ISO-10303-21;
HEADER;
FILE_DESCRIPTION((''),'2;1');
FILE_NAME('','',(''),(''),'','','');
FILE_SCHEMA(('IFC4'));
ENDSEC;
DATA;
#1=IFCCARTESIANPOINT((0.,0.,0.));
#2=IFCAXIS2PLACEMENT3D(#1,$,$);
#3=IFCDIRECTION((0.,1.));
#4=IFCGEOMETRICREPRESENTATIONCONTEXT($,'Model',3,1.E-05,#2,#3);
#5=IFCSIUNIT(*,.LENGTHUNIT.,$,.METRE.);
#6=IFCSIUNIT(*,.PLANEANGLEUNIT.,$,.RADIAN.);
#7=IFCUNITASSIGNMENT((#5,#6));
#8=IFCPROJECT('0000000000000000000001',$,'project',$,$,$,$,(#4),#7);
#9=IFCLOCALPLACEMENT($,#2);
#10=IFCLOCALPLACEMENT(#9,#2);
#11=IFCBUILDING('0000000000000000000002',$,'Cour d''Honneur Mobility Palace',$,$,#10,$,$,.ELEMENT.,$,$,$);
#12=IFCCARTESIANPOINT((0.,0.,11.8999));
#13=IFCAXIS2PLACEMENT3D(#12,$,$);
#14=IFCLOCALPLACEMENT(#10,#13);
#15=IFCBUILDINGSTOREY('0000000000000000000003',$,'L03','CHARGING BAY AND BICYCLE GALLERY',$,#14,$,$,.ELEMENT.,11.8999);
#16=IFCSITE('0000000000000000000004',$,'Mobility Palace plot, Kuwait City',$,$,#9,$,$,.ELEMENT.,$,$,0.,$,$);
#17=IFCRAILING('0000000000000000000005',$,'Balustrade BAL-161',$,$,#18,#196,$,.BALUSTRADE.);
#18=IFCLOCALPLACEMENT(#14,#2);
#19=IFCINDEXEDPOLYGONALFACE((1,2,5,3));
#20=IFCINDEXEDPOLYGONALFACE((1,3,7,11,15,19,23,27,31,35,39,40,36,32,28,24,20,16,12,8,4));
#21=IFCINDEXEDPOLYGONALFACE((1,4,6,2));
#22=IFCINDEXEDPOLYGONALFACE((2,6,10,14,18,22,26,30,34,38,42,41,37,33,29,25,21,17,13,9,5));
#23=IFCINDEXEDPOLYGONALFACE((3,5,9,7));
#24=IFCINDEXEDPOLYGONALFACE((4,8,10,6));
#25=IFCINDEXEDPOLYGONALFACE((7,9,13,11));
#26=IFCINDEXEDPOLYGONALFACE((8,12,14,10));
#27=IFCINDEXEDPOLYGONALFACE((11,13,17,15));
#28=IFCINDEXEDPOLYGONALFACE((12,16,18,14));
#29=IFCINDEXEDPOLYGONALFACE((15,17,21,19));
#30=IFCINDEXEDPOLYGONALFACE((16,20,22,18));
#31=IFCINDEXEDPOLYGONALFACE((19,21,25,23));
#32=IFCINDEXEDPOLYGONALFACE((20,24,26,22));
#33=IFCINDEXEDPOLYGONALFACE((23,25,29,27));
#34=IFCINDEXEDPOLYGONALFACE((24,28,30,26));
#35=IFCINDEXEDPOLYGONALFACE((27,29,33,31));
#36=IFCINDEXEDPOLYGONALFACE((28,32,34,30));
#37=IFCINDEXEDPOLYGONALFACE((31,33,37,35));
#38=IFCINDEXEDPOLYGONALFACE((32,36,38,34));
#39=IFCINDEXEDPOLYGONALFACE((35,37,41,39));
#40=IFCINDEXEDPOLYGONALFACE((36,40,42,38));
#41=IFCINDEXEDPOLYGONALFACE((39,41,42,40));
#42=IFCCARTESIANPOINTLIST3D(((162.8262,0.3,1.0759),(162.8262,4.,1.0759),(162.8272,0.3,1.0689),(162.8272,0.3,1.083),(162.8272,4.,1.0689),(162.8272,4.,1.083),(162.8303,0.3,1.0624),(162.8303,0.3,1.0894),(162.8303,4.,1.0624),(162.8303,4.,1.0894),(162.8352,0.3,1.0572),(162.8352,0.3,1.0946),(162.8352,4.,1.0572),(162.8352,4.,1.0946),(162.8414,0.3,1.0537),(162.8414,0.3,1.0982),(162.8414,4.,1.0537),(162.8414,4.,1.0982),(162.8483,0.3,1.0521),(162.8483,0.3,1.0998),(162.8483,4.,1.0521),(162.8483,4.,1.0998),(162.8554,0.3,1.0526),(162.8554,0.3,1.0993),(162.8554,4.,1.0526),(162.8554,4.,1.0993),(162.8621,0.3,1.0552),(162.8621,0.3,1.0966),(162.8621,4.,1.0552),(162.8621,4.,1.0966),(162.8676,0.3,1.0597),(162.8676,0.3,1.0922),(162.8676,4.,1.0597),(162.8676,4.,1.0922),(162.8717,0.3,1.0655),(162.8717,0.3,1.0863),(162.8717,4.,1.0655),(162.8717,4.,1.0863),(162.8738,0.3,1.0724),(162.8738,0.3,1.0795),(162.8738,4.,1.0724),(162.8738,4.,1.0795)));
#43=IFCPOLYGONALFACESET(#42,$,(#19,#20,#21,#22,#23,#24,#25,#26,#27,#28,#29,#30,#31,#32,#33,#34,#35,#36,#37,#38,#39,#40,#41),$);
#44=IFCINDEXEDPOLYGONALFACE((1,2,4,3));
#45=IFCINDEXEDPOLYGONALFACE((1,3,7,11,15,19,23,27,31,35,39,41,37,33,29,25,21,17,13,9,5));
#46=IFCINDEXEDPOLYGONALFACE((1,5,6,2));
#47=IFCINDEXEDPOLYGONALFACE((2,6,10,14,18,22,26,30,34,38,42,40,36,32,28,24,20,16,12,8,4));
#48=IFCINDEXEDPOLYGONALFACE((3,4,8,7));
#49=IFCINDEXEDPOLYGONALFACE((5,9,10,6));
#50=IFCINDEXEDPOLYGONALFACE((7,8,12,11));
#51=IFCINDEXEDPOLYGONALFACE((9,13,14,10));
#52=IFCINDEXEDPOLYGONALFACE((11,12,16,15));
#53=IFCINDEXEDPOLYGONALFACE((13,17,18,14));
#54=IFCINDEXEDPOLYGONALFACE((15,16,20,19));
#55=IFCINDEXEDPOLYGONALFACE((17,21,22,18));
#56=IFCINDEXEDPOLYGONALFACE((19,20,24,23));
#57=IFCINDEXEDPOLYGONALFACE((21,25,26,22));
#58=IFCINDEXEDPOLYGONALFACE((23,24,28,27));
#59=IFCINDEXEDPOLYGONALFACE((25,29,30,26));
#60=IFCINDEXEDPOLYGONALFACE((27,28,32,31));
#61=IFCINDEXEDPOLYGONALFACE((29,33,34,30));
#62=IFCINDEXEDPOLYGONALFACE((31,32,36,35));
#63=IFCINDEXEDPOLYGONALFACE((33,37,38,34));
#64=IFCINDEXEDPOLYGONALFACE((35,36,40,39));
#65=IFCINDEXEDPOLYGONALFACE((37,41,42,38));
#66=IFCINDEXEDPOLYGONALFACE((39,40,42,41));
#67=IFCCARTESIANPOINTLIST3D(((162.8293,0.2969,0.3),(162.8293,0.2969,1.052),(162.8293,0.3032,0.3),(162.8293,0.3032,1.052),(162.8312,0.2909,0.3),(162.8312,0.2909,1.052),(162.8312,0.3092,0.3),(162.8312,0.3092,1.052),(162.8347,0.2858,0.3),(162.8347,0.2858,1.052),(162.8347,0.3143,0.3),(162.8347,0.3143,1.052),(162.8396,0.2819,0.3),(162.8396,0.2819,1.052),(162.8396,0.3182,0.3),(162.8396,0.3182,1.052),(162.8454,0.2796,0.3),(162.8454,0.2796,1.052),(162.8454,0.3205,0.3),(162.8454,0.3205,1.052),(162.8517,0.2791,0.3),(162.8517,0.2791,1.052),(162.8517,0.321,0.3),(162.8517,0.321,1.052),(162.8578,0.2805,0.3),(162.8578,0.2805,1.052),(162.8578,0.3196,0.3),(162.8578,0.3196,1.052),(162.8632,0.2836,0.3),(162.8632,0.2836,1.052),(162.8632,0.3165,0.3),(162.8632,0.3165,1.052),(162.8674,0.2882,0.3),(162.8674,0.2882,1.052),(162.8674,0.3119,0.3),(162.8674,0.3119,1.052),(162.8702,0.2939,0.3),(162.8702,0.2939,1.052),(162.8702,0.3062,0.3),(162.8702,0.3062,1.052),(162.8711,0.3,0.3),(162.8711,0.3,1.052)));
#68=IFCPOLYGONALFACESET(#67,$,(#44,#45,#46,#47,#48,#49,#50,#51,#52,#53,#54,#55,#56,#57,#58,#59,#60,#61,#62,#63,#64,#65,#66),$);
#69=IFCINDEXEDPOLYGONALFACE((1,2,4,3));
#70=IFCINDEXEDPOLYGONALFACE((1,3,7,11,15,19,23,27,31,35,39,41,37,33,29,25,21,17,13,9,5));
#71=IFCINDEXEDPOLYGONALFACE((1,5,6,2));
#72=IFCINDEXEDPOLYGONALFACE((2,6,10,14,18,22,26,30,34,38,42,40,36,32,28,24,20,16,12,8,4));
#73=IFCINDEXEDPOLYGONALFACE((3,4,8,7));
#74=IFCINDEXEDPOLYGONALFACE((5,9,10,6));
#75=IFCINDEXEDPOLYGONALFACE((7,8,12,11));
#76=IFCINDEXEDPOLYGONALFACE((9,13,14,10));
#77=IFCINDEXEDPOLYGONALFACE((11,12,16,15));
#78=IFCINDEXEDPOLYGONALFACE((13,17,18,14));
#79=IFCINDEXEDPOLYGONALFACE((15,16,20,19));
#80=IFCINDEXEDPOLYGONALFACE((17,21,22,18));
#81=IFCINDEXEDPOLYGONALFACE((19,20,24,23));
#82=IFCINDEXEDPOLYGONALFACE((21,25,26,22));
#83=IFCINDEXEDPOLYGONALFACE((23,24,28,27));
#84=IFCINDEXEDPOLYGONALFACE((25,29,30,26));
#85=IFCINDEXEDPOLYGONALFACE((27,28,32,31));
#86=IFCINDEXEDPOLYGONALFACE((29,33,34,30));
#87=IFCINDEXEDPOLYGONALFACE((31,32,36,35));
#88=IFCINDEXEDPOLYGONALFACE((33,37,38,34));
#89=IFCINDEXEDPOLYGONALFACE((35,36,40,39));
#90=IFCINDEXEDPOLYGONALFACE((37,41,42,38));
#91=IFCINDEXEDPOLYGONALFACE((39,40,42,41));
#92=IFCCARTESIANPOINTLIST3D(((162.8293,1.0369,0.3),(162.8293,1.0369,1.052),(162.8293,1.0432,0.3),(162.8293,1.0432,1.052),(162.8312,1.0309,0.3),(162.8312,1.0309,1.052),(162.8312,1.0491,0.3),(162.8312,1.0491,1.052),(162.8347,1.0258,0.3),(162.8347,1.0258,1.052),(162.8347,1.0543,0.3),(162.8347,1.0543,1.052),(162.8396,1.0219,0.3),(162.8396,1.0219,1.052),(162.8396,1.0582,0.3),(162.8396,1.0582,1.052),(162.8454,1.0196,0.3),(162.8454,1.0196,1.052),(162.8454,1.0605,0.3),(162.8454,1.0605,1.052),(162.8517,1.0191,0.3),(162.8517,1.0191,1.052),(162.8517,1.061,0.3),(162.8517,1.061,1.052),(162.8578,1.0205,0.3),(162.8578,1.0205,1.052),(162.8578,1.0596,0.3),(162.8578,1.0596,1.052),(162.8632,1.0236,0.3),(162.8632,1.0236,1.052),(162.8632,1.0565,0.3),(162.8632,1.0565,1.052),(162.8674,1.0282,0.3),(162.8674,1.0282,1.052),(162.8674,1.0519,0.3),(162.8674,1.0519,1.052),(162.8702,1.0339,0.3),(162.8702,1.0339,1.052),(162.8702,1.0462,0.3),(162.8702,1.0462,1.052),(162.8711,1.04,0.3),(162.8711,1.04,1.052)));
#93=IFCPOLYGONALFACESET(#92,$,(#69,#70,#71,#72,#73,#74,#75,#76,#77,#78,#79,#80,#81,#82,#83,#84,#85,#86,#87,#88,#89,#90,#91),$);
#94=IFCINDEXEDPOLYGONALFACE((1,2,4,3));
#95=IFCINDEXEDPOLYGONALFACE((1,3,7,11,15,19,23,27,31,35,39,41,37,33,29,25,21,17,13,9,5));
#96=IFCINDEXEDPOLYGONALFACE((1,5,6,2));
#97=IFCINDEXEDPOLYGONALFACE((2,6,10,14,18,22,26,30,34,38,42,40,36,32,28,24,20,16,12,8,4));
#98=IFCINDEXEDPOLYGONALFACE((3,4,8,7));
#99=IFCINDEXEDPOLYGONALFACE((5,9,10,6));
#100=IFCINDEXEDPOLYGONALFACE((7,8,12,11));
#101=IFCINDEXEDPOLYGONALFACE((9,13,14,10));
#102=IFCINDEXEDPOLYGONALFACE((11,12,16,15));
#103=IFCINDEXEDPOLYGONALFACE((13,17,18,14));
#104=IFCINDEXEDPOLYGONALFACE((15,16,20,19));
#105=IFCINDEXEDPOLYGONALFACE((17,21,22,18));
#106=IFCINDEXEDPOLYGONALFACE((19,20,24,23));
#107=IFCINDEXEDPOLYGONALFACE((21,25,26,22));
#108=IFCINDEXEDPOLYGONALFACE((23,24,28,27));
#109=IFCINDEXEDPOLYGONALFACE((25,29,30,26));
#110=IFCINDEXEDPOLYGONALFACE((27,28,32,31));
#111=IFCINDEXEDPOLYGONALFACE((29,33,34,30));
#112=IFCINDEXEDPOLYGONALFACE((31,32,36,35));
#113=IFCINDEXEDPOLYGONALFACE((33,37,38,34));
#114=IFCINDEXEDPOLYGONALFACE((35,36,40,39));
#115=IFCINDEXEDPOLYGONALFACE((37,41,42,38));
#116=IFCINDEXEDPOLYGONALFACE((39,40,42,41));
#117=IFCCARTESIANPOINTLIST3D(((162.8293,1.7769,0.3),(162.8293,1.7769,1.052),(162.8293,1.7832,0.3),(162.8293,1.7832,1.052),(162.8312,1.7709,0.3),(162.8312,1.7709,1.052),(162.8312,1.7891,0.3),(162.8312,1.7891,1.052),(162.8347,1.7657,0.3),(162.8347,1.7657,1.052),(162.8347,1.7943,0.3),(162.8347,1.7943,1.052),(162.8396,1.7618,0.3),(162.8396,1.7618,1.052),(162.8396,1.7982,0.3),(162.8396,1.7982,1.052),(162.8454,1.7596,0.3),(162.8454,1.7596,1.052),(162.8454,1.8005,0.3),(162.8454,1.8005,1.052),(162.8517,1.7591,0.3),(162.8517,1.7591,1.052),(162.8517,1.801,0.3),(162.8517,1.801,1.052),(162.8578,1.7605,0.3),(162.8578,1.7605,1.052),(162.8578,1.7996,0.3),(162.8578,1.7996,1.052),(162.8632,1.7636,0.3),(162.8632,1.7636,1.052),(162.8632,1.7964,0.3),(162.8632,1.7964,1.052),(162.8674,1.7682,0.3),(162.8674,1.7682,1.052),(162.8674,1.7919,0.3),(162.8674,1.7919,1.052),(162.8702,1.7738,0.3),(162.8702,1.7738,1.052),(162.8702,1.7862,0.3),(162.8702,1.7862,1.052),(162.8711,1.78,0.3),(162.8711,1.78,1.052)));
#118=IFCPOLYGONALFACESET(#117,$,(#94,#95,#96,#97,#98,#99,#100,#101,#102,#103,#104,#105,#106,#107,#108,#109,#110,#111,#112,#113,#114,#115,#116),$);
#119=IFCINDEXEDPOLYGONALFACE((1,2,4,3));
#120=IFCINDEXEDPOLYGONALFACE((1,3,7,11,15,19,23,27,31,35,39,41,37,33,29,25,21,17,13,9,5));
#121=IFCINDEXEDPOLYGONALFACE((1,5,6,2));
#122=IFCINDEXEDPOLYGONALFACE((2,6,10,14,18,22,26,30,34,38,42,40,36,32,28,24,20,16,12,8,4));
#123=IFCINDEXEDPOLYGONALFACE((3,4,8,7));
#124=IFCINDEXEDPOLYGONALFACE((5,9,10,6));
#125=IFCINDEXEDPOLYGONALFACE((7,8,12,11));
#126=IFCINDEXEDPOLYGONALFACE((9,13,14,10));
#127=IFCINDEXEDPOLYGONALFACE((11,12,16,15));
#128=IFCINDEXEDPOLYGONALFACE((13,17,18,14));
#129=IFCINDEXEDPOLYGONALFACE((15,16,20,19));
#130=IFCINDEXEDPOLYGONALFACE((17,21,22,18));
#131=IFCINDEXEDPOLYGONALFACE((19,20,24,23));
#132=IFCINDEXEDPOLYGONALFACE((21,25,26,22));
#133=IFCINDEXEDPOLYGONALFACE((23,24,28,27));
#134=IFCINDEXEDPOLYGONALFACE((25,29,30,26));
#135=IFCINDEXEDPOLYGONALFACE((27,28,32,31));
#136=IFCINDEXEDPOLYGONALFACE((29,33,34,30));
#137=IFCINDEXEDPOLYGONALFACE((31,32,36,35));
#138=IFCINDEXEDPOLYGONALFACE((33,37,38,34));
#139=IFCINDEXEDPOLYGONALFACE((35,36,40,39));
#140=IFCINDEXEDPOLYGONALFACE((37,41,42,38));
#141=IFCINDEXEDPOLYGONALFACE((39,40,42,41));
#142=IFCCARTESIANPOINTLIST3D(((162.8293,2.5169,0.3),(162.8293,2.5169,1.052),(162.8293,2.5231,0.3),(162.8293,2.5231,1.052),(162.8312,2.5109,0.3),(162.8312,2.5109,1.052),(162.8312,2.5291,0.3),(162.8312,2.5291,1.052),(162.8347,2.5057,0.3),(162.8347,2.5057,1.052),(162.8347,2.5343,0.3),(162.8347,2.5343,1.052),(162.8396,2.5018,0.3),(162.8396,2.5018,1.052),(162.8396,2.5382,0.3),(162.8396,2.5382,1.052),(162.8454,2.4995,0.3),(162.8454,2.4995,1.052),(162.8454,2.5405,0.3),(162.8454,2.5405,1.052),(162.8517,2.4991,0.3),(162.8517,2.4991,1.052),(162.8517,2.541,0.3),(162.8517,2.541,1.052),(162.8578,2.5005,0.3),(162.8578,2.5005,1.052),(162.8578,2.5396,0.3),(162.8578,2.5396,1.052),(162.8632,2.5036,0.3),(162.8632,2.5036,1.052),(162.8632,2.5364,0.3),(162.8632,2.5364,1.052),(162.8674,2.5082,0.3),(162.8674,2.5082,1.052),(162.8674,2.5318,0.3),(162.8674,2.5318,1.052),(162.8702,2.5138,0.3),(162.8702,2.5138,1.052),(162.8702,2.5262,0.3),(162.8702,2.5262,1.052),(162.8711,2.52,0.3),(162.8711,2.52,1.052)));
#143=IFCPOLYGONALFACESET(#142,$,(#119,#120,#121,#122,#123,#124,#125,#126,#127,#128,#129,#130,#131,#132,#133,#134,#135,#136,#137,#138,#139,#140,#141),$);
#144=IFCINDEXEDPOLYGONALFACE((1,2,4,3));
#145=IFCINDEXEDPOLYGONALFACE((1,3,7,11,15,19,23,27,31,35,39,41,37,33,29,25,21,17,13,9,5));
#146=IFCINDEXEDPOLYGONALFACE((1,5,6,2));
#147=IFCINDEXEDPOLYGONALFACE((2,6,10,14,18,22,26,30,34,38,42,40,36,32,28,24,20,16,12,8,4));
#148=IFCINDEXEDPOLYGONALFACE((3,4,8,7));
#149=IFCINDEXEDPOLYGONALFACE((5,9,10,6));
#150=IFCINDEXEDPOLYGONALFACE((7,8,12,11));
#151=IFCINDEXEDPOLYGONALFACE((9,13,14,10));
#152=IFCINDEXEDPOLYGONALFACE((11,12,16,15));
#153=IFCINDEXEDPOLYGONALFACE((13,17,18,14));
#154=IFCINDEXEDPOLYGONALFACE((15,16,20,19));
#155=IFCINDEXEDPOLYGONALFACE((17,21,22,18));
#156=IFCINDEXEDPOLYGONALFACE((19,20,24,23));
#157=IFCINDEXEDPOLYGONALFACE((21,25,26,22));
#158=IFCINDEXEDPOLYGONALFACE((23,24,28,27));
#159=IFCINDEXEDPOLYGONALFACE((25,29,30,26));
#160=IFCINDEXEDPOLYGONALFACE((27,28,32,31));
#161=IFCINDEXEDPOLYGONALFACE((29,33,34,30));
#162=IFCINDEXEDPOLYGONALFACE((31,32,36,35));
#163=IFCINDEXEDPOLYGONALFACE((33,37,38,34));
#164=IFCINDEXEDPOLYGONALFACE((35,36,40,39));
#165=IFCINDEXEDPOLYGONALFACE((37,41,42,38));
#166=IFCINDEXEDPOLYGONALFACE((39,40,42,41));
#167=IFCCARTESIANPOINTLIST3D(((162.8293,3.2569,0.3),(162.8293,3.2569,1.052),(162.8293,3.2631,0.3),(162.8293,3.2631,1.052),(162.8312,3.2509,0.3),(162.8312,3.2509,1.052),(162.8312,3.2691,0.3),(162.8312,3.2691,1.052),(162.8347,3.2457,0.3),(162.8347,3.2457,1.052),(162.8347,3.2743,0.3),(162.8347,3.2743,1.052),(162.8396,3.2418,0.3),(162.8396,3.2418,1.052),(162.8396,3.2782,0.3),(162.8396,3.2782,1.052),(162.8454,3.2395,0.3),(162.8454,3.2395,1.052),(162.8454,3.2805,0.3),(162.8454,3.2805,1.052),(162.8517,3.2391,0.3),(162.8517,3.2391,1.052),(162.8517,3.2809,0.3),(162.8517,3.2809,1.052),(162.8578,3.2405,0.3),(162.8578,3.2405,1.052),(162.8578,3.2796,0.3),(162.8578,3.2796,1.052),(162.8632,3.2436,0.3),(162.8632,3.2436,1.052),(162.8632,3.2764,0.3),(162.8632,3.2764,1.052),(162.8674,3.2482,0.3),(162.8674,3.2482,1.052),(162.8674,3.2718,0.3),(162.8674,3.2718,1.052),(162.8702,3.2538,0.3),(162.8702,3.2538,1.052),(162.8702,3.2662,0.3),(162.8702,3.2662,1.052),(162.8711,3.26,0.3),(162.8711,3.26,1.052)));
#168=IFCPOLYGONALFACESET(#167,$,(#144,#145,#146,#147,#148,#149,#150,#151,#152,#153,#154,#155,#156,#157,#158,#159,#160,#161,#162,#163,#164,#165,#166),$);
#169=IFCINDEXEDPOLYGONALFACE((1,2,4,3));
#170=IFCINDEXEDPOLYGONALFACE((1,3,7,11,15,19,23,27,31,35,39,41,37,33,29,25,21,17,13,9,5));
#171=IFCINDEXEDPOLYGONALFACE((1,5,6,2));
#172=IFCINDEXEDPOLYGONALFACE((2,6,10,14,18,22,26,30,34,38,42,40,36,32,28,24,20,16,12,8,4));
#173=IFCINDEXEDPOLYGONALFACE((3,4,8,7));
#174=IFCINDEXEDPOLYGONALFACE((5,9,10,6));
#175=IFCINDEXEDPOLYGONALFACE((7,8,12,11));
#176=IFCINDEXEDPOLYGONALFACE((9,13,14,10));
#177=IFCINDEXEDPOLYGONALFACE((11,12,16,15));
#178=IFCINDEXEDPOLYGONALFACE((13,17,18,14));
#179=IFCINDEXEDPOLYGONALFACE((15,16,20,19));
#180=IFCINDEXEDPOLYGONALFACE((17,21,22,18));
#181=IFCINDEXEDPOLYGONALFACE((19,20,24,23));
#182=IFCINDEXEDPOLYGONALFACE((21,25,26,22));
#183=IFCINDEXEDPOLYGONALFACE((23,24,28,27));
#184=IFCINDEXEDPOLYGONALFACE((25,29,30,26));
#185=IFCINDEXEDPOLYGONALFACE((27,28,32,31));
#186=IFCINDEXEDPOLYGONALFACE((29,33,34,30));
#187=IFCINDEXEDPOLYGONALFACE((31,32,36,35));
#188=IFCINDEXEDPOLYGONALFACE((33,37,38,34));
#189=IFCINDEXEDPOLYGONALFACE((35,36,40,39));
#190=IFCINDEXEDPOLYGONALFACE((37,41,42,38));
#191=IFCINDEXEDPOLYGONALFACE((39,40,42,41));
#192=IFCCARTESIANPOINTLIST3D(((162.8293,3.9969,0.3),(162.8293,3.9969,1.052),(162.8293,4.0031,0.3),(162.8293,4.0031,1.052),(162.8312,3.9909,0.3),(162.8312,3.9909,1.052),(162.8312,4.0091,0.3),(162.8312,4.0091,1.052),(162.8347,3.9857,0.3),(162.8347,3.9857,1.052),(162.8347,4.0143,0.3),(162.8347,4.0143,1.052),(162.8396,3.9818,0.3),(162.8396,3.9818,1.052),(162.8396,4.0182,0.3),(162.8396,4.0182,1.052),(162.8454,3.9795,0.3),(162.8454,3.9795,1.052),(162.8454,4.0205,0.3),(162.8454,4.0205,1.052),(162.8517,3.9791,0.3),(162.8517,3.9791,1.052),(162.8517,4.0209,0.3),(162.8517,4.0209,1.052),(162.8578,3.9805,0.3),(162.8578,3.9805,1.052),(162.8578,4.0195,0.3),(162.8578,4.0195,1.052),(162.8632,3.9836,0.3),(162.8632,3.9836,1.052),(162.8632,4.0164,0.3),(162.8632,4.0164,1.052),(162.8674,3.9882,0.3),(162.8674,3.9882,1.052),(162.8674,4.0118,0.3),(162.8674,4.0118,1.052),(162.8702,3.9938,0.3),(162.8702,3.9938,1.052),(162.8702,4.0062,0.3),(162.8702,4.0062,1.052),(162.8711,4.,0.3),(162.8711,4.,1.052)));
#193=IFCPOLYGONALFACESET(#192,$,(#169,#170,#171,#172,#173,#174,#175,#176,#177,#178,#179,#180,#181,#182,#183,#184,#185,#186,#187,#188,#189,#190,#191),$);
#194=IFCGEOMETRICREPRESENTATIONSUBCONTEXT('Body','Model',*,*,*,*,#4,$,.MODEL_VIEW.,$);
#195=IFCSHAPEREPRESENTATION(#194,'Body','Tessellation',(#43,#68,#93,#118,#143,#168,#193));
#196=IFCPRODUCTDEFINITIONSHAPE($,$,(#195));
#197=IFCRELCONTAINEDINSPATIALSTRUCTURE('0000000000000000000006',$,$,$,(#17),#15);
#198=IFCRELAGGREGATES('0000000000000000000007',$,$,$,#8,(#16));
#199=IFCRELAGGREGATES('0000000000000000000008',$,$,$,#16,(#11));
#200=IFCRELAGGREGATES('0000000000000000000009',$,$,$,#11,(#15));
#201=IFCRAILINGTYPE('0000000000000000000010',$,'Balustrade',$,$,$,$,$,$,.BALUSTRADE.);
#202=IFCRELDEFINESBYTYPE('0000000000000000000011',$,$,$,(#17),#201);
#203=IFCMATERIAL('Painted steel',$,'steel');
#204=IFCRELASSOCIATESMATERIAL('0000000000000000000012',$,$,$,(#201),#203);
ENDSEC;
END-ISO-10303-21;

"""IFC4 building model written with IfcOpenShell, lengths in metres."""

from ifc_helpers import new_model, si_unit, direction, frame, origin, origin_2d, place, context, subcontext, project, spatial, circle, extrude, material, type_object, element, save


model = new_model("IFC4")

# Units and contexts
model_context = context("Model", 3, precision=1e-05, world=origin(), true_north=direction((0.0, 1.0)))
body_context = subcontext(model_context, "Body", "Model", "MODEL_VIEW")
ifc_project = project(units=[si_unit("LENGTHUNIT", "METRE"), si_unit("PLANEANGLEUNIT", "RADIAN")], contexts=[model_context])

# Site, building, storey
site_placement = place(None, origin())
site = spatial("IfcSite", under=ifc_project, at=site_placement, Name="Mobility Palace plot, Kuwait City", CompositionType="ELEMENT", RefElevation=0.0)
building_placement = place(site_placement, origin())
building = spatial("IfcBuilding", under=site, at=building_placement, Name="Cour d'Honneur Mobility Palace", CompositionType="ELEMENT")
storey_placement = place(building_placement, frame((0.0, 0.0, 11.8999)))
storey = spatial("IfcBuildingStorey", under=building, at=storey_placement, Name="L03", Description="CHARGING BAY AND BICYCLE GALLERY", CompositionType="ELEMENT", Elevation=11.8999)

# Railing
ifc_material_1 = material(Name="Painted steel", Category="steel")
railing_type_1 = type_object("IfcRailingType", Name="Balustrade", PredefinedType="BALUSTRADE", material=ifc_material_1)
railing_1_placement = place(storey_placement, frame((162.8501, 0.3, 0.3)))
element("IfcRailing", 1, at=railing_1_placement, inside=storey, type_object=railing_type_1, Name="Balustrade BAL-161", PredefinedType="BALUSTRADE", context=body_context, shape_type="SweptSolid", body=[
    extrude(circle(Radius=0.0239, at=origin_2d()), frame((0.0, 0.0, 0.7759), z_axis=(0.0, 1.0, 0.0), x_axis=(-1.0, 0.0, 0.0)), (0.0, 0.0, 1.0), 3.7),
    extrude(circle(Radius=0.021, at=origin_2d()), origin(), (0.0, 0.0, 1.0), 0.752),
    extrude(circle(Radius=0.021, at=origin_2d()), frame((0.0, 0.74, 0.0)), (0.0, 0.0, 1.0), 0.752),
    extrude(circle(Radius=0.021, at=origin_2d()), frame((0.0, 1.48, 0.0)), (0.0, 0.0, 1.0), 0.752),
    extrude(circle(Radius=0.021, at=origin_2d()), frame((0.0, 2.22, 0.0)), (0.0, 0.0, 1.0), 0.752),
    extrude(circle(Radius=0.021, at=origin_2d()), frame((0.0, 2.96, 0.0)), (0.0, 0.0, 1.0), 0.752),
    extrude(circle(Radius=0.021, at=origin_2d()), frame((0.0, 3.7, 0.0)), (0.0, 0.0, 1.0), 0.752),
])

save(model, "model.ifc")
